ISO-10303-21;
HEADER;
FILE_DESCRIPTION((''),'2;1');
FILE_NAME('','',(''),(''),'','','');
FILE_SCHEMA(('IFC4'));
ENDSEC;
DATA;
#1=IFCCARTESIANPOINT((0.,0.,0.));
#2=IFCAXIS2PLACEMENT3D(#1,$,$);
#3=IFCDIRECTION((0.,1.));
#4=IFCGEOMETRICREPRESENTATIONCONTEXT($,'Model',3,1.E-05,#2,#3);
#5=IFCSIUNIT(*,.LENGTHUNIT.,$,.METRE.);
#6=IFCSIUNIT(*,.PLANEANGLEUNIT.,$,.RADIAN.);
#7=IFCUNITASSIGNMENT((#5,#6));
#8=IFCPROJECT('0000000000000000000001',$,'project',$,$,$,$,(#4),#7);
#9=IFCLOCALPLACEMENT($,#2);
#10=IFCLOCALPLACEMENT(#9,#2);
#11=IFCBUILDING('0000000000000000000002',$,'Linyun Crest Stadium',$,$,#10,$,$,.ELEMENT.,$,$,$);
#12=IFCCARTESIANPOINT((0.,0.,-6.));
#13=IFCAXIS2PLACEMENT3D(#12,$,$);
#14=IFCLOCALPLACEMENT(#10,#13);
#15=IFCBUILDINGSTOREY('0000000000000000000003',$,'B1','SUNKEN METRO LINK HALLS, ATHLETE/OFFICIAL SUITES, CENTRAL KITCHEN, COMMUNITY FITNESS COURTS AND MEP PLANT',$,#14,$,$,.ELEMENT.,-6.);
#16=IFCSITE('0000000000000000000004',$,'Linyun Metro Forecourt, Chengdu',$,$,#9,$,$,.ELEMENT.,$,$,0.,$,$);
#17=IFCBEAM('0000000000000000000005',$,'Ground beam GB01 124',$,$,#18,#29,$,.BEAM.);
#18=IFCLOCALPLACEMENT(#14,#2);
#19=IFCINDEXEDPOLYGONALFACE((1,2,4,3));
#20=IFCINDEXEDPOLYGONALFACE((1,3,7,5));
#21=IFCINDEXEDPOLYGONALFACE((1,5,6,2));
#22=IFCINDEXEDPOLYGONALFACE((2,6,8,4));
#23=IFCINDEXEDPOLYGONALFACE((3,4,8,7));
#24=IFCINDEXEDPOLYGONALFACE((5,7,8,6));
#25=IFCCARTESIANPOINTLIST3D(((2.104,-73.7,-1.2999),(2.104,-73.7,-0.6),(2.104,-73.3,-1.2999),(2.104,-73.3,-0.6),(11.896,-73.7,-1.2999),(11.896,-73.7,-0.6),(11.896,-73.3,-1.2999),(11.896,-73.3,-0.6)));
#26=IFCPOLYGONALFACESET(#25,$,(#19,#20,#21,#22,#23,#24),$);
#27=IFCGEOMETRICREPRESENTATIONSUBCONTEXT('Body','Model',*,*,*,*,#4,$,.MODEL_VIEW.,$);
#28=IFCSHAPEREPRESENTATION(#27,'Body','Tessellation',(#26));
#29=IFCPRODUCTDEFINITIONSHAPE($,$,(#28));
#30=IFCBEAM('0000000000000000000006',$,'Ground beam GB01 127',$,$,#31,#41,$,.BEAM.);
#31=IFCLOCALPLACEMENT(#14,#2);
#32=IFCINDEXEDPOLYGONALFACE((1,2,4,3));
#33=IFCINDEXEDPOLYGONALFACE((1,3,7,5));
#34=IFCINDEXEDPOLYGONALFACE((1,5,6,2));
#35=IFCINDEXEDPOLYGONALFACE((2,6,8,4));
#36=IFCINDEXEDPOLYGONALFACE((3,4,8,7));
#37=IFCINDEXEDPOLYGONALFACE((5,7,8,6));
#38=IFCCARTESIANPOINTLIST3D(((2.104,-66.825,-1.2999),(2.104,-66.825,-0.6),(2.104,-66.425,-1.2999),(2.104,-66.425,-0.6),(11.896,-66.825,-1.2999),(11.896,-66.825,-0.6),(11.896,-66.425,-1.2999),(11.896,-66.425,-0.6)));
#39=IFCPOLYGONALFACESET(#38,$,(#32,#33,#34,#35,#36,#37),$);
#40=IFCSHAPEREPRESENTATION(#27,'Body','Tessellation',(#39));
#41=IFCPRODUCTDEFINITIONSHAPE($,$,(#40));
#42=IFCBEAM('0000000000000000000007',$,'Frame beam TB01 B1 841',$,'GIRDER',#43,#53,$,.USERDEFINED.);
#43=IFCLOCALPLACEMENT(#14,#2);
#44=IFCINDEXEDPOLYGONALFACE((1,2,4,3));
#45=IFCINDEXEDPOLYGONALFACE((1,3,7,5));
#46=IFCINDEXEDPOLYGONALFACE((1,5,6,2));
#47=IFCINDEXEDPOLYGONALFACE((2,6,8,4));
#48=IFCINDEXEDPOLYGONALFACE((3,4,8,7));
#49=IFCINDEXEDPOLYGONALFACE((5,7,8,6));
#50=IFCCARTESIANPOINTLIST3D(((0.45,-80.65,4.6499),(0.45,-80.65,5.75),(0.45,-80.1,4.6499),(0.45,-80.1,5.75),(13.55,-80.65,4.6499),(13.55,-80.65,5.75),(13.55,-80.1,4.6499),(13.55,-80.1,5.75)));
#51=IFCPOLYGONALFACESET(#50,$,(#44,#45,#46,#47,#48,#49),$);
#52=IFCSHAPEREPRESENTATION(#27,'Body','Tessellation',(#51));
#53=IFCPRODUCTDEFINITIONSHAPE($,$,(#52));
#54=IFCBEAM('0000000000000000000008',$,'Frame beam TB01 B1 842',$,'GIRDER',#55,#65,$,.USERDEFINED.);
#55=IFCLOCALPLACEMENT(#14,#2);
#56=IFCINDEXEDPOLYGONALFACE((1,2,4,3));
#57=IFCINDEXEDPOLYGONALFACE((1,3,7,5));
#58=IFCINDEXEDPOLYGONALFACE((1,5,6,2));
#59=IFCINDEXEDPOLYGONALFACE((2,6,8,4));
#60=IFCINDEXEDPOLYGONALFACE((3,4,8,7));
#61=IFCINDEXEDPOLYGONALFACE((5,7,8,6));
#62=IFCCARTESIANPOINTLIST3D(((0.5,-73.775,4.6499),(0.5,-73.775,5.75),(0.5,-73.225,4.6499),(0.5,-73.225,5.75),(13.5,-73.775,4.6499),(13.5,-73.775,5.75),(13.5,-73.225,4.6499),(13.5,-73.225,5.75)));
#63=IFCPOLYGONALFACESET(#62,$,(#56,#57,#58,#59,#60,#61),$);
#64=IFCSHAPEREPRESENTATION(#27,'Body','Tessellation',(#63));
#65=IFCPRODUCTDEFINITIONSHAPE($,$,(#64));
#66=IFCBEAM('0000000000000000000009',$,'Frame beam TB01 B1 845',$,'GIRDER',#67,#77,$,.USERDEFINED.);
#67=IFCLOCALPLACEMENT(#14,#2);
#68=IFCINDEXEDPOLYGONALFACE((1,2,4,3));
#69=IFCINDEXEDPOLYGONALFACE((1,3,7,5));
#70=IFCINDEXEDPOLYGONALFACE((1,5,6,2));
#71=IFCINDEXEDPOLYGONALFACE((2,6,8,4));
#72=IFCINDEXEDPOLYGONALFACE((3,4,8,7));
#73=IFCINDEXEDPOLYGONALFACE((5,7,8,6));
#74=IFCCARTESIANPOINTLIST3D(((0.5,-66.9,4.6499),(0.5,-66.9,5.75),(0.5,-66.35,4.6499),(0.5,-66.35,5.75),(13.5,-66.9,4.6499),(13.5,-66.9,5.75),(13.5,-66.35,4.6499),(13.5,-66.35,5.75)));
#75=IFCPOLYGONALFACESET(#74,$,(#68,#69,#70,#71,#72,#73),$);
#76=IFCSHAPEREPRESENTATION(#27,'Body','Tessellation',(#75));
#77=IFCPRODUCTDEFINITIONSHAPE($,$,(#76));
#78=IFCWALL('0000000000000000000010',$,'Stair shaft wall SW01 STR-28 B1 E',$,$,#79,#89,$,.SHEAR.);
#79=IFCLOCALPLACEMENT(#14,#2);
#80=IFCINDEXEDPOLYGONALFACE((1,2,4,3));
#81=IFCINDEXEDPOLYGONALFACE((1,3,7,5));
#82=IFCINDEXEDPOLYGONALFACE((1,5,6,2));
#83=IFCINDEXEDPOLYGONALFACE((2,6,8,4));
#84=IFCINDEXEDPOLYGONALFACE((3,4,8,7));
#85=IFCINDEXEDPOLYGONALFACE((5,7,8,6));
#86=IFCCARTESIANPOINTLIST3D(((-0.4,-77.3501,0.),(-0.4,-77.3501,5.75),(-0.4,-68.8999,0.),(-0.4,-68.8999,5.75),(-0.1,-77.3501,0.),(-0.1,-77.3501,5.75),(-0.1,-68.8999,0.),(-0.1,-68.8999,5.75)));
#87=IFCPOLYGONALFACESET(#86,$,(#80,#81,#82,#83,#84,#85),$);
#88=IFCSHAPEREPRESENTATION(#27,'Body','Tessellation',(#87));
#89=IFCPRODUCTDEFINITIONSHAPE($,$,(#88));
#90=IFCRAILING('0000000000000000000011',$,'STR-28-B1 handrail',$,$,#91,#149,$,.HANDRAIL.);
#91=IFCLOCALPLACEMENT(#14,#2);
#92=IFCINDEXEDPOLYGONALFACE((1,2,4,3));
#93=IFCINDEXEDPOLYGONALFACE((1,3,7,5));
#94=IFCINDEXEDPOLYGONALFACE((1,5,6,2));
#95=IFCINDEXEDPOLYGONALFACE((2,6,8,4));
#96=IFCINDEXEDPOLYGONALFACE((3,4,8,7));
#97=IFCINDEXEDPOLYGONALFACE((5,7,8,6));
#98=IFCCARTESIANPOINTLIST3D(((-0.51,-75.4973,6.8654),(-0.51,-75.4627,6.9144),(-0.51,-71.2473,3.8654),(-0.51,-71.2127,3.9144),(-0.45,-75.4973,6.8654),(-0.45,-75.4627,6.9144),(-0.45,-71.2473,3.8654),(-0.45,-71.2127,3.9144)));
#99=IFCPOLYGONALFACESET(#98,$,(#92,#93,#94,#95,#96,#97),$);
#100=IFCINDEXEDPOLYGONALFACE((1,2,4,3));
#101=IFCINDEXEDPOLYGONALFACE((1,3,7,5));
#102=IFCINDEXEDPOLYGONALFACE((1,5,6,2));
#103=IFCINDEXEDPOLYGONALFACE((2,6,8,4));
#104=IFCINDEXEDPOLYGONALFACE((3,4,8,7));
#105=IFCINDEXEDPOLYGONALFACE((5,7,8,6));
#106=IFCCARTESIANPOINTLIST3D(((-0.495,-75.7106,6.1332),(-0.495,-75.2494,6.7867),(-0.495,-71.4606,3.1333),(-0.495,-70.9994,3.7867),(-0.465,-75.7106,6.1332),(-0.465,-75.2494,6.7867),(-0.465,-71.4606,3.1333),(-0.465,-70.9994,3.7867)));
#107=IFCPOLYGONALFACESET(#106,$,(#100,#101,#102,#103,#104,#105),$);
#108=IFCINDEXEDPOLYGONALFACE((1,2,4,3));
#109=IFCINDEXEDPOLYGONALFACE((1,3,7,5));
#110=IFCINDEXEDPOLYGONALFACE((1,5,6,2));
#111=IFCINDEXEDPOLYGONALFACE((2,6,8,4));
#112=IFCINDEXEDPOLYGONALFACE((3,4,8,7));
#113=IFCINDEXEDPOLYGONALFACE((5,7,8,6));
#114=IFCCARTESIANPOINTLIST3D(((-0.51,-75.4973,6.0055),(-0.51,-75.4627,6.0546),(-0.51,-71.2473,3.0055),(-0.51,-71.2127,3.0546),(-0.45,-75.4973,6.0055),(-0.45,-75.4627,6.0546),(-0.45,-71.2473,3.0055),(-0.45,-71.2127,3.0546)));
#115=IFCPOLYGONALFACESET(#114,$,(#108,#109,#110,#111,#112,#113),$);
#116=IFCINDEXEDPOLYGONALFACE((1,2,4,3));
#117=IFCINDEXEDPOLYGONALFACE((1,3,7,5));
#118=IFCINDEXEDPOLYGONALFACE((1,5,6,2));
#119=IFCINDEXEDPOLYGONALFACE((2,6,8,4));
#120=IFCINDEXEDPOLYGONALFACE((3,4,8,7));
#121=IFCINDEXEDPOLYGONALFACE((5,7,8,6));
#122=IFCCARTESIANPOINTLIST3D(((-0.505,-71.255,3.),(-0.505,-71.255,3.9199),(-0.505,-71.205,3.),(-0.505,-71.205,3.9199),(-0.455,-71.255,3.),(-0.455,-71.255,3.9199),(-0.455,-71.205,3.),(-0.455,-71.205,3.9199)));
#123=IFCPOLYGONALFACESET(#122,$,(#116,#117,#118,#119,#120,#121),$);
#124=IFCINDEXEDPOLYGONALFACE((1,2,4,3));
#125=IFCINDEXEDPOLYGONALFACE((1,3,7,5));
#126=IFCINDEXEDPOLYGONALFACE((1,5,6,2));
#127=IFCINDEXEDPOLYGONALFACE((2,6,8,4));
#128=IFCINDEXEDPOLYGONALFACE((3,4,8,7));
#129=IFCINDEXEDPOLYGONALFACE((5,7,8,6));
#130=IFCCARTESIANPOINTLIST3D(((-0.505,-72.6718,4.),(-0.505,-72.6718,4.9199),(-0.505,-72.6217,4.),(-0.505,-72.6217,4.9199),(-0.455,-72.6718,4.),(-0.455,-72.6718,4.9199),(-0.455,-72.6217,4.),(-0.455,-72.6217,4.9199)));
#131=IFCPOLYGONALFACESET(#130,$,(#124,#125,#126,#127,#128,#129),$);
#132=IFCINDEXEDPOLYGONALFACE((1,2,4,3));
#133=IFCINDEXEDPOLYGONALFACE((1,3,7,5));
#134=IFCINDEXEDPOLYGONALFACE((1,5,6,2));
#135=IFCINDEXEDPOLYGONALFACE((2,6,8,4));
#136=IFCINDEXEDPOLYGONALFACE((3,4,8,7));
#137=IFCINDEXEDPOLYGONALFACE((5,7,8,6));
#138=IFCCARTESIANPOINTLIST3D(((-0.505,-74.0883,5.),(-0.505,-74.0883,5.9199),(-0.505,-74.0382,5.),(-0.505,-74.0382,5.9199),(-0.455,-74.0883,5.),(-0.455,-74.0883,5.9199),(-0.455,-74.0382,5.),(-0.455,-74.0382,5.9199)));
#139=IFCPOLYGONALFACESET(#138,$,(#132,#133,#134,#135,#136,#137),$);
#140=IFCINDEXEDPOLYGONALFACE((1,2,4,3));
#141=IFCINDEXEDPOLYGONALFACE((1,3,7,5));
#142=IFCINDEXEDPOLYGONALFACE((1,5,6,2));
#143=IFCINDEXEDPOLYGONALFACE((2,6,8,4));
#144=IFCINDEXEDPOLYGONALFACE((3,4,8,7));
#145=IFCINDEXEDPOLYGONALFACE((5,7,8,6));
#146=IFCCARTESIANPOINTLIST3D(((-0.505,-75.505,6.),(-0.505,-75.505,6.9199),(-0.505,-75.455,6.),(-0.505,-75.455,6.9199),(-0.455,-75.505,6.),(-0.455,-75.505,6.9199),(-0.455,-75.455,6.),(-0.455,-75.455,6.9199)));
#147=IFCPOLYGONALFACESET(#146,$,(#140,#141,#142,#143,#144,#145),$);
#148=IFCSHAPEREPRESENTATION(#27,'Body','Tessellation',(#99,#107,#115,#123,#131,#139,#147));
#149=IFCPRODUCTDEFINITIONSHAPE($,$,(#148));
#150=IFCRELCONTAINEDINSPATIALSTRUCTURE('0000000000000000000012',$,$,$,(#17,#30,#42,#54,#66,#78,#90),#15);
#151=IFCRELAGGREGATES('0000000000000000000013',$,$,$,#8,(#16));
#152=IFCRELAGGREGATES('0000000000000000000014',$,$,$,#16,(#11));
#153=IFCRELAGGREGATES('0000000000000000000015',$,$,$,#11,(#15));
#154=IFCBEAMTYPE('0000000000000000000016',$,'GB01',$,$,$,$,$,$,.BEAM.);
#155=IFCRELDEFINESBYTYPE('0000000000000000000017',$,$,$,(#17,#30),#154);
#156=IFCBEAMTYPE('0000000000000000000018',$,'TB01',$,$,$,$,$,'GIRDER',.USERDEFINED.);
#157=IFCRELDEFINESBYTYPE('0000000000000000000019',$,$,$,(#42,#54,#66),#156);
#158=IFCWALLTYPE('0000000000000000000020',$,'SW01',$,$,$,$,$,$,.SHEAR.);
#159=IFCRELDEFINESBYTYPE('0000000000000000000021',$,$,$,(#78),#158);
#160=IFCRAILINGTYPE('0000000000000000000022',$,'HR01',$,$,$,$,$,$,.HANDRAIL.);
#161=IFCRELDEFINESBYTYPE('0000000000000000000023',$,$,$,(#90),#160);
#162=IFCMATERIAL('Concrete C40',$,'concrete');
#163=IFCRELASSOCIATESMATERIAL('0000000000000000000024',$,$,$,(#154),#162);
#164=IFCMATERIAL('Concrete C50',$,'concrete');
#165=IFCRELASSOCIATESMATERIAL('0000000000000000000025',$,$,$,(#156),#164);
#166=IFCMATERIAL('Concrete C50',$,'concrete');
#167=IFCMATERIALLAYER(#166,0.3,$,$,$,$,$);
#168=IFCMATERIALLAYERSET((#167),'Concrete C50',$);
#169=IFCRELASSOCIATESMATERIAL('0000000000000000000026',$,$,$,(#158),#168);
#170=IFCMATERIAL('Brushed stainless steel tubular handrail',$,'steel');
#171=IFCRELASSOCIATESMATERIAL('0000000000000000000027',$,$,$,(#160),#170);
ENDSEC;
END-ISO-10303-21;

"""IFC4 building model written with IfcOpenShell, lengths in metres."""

from ifc_helpers import new_model, si_unit, direction, frame, frame_2d, origin, origin_2d, place, context, subcontext, project, spatial, rectangle, extrude, material, layer, layer_set, material_profile, profile_set, type_object, element, save


model = new_model("IFC4")

# Units and contexts
model_context = context("Model", 3, precision=1e-05, world=origin(), true_north=direction((0.0, 1.0)))
body_context = subcontext(model_context, "Body", "Model", "MODEL_VIEW")
ifc_project = project(units=[si_unit("LENGTHUNIT", "METRE"), si_unit("PLANEANGLEUNIT", "RADIAN")], contexts=[model_context])

# Site, building, storey
site_placement = place(None, origin())
site = spatial("IfcSite", under=ifc_project, at=site_placement, Name="Linyun Metro Forecourt, Chengdu", CompositionType="ELEMENT", RefElevation=0.0)
building_placement = place(site_placement, origin())
building = spatial("IfcBuilding", under=site, at=building_placement, Name="Linyun Crest Stadium", CompositionType="ELEMENT")
storey_placement = place(building_placement, frame((0.0, 0.0, -6.0)))
storey = spatial("IfcBuildingStorey", under=building, at=storey_placement, Name="B1", Description="SUNKEN METRO LINK HALLS, ATHLETE/OFFICIAL SUITES, CENTRAL KITCHEN, COMMUNITY FITNESS COURTS AND MEP PLANT", CompositionType="ELEMENT", Elevation=-6.0)

# Beams
ifc_material_1 = material(Name="Concrete C40", Category="concrete")
ifc_material_profile_1 = material_profile(ifc_material_1, rectangle(XDim=0.3999, YDim=0.7, at=origin_2d()), Name="RCB 700x400")
ifc_profile_set_1 = profile_set([ifc_material_profile_1], Name="Concrete C40")
beam_type_1 = type_object("IfcBeamType", Name="GB01", PredefinedType="BEAM", material=ifc_profile_set_1)
for number, where, z_axis, x_axis, name in (
    (1, (2.104, -73.5, -0.95), (1.0, 0.0, 0.0), (0.0, 1.0, 0.0), "Ground beam GB01 124"),
    (2, (2.104, -66.625, -0.95), (1.0, 0.0, 0.0), (0.0, 1.0, 0.0), "Ground beam GB01 127"),
):
    element("IfcBeam", number, at=place(storey_placement, frame(where, z_axis=z_axis, x_axis=x_axis)), inside=storey, type_object=beam_type_1, Name=name, PredefinedType="BEAM", context=body_context, shape_type="SweptSolid", body=[
        extrude(rectangle(XDim=0.3999, YDim=0.7, at=origin_2d()), origin(), (0.0, 0.0, 1.0), 9.792),
    ])
ifc_material_2 = material(Name="Concrete C50", Category="concrete")
ifc_material_profile_2 = material_profile(ifc_material_2, rectangle(XDim=0.55, YDim=1.1001, at=origin_2d()), Name="RCB 1100x550")
ifc_profile_set_2 = profile_set([ifc_material_profile_2], Name="Concrete C50")
beam_type_2 = type_object("IfcBeamType", Name="TB01", ElementType="GIRDER", PredefinedType="USERDEFINED", material=ifc_profile_set_2)
beam_1_placement = place(storey_placement, frame((0.45, -80.375, 5.2), z_axis=(1.0, 0.0, 0.0), x_axis=(0.0, 1.0, 0.0)))
element("IfcBeam", 3, at=beam_1_placement, inside=storey, type_object=beam_type_2, Name="Frame beam TB01 B1 841", ObjectType="GIRDER", PredefinedType="USERDEFINED", context=body_context, shape_type="SweptSolid", body=[
    extrude(rectangle(XDim=0.55, YDim=1.1001, at=origin_2d()), origin(), (0.0, 0.0, 1.0), 13.1001),
])
for number, where, z_axis, x_axis, name in (
    (4, (0.5, -73.5, 5.2), (1.0, 0.0, 0.0), (0.0, 1.0, 0.0), "Frame beam TB01 B1 842"),
    (5, (0.5, -66.625, 5.2), (1.0, 0.0, 0.0), (0.0, 1.0, 0.0), "Frame beam TB01 B1 845"),
):
    element("IfcBeam", number, at=place(storey_placement, frame(where, z_axis=z_axis, x_axis=x_axis)), inside=storey, type_object=beam_type_2, Name=name, ObjectType="GIRDER", PredefinedType="USERDEFINED", context=body_context, shape_type="SweptSolid", body=[
        extrude(rectangle(XDim=0.55, YDim=1.1001, at=origin_2d()), origin(), (0.0, 0.0, 1.0), 13.0),
    ])

# Wall
ifc_material_3 = material(Name="Concrete C50", Category="concrete")
ifc_layer = layer(ifc_material_3, 0.3)
ifc_layer_set = layer_set([ifc_layer], Name="Concrete C50")
wall_type = type_object("IfcWallType", Name="SW01", PredefinedType="SHEAR", material=ifc_layer_set)
wall_placement = place(storey_placement, frame((-0.25, -77.3501, 0.0), z_axis=(0.0, 0.0, 1.0), x_axis=(0.0, 1.0, 0.0)))
element("IfcWall", 6, at=wall_placement, inside=storey, type_object=wall_type, Name="Stair shaft wall SW01 STR-28 B1 E", PredefinedType="SHEAR", context=body_context, shape_type="SweptSolid", body=[
    extrude(rectangle(XDim=8.4502, YDim=0.3, at=frame_2d((4.2251, 0.0))), origin(), (0.0, 0.0, 1.0), 5.75),
])

# Railing
ifc_material_4 = material(Name="Brushed stainless steel tubular handrail", Category="steel")
railing_type = type_object("IfcRailingType", Name="HR01", PredefinedType="HANDRAIL", material=ifc_material_4)
railing_placement = place(storey_placement, frame((-0.48, -71.23, 3.0)))
element("IfcRailing", 7, at=railing_placement, inside=storey, type_object=railing_type, Name="STR-28-B1 handrail", PredefinedType="HANDRAIL", context=body_context, shape_type="SweptSolid", body=[
    extrude(rectangle(XDim=0.0601, YDim=0.0601, at=origin_2d()), frame((0.0, 0.0, 0.8899), z_axis=(0.0, -0.816968, 0.576683), x_axis=(1.0, 0.0, 0.0)), (0.0, 0.0, 1.0), 5.2021),
    extrude(rectangle(XDim=0.03, YDim=0.7998, at=origin_2d()), frame((0.0, 0.0, 0.46), z_axis=(0.0, -0.816968, 0.576683), x_axis=(1.0, 0.0, 0.0)), (0.0, 0.0, 1.0), 5.2021),
    extrude(rectangle(XDim=0.0601, YDim=0.0601, at=origin_2d()), frame((0.0, 0.0, 0.03), z_axis=(0.0, -0.816968, 0.576683), x_axis=(1.0, 0.0, 0.0)), (0.0, 0.0, 1.0), 5.2021),
    extrude(rectangle(XDim=0.05, YDim=0.05, at=origin_2d()), origin(), (0.0, 0.0, 1.0), 0.9199),
    extrude(rectangle(XDim=0.05, YDim=0.05, at=origin_2d()), frame((0.0, -1.4167, 1.0)), (0.0, 0.0, 1.0), 0.9199),
    extrude(rectangle(XDim=0.05, YDim=0.05, at=origin_2d()), frame((0.0, -2.8333, 2.0)), (0.0, 0.0, 1.0), 0.9199),
    extrude(rectangle(XDim=0.05, YDim=0.05, at=origin_2d()), frame((0.0, -4.25, 3.0)), (0.0, 0.0, 1.0), 0.9199),
])

save(model, "model.ifc")
